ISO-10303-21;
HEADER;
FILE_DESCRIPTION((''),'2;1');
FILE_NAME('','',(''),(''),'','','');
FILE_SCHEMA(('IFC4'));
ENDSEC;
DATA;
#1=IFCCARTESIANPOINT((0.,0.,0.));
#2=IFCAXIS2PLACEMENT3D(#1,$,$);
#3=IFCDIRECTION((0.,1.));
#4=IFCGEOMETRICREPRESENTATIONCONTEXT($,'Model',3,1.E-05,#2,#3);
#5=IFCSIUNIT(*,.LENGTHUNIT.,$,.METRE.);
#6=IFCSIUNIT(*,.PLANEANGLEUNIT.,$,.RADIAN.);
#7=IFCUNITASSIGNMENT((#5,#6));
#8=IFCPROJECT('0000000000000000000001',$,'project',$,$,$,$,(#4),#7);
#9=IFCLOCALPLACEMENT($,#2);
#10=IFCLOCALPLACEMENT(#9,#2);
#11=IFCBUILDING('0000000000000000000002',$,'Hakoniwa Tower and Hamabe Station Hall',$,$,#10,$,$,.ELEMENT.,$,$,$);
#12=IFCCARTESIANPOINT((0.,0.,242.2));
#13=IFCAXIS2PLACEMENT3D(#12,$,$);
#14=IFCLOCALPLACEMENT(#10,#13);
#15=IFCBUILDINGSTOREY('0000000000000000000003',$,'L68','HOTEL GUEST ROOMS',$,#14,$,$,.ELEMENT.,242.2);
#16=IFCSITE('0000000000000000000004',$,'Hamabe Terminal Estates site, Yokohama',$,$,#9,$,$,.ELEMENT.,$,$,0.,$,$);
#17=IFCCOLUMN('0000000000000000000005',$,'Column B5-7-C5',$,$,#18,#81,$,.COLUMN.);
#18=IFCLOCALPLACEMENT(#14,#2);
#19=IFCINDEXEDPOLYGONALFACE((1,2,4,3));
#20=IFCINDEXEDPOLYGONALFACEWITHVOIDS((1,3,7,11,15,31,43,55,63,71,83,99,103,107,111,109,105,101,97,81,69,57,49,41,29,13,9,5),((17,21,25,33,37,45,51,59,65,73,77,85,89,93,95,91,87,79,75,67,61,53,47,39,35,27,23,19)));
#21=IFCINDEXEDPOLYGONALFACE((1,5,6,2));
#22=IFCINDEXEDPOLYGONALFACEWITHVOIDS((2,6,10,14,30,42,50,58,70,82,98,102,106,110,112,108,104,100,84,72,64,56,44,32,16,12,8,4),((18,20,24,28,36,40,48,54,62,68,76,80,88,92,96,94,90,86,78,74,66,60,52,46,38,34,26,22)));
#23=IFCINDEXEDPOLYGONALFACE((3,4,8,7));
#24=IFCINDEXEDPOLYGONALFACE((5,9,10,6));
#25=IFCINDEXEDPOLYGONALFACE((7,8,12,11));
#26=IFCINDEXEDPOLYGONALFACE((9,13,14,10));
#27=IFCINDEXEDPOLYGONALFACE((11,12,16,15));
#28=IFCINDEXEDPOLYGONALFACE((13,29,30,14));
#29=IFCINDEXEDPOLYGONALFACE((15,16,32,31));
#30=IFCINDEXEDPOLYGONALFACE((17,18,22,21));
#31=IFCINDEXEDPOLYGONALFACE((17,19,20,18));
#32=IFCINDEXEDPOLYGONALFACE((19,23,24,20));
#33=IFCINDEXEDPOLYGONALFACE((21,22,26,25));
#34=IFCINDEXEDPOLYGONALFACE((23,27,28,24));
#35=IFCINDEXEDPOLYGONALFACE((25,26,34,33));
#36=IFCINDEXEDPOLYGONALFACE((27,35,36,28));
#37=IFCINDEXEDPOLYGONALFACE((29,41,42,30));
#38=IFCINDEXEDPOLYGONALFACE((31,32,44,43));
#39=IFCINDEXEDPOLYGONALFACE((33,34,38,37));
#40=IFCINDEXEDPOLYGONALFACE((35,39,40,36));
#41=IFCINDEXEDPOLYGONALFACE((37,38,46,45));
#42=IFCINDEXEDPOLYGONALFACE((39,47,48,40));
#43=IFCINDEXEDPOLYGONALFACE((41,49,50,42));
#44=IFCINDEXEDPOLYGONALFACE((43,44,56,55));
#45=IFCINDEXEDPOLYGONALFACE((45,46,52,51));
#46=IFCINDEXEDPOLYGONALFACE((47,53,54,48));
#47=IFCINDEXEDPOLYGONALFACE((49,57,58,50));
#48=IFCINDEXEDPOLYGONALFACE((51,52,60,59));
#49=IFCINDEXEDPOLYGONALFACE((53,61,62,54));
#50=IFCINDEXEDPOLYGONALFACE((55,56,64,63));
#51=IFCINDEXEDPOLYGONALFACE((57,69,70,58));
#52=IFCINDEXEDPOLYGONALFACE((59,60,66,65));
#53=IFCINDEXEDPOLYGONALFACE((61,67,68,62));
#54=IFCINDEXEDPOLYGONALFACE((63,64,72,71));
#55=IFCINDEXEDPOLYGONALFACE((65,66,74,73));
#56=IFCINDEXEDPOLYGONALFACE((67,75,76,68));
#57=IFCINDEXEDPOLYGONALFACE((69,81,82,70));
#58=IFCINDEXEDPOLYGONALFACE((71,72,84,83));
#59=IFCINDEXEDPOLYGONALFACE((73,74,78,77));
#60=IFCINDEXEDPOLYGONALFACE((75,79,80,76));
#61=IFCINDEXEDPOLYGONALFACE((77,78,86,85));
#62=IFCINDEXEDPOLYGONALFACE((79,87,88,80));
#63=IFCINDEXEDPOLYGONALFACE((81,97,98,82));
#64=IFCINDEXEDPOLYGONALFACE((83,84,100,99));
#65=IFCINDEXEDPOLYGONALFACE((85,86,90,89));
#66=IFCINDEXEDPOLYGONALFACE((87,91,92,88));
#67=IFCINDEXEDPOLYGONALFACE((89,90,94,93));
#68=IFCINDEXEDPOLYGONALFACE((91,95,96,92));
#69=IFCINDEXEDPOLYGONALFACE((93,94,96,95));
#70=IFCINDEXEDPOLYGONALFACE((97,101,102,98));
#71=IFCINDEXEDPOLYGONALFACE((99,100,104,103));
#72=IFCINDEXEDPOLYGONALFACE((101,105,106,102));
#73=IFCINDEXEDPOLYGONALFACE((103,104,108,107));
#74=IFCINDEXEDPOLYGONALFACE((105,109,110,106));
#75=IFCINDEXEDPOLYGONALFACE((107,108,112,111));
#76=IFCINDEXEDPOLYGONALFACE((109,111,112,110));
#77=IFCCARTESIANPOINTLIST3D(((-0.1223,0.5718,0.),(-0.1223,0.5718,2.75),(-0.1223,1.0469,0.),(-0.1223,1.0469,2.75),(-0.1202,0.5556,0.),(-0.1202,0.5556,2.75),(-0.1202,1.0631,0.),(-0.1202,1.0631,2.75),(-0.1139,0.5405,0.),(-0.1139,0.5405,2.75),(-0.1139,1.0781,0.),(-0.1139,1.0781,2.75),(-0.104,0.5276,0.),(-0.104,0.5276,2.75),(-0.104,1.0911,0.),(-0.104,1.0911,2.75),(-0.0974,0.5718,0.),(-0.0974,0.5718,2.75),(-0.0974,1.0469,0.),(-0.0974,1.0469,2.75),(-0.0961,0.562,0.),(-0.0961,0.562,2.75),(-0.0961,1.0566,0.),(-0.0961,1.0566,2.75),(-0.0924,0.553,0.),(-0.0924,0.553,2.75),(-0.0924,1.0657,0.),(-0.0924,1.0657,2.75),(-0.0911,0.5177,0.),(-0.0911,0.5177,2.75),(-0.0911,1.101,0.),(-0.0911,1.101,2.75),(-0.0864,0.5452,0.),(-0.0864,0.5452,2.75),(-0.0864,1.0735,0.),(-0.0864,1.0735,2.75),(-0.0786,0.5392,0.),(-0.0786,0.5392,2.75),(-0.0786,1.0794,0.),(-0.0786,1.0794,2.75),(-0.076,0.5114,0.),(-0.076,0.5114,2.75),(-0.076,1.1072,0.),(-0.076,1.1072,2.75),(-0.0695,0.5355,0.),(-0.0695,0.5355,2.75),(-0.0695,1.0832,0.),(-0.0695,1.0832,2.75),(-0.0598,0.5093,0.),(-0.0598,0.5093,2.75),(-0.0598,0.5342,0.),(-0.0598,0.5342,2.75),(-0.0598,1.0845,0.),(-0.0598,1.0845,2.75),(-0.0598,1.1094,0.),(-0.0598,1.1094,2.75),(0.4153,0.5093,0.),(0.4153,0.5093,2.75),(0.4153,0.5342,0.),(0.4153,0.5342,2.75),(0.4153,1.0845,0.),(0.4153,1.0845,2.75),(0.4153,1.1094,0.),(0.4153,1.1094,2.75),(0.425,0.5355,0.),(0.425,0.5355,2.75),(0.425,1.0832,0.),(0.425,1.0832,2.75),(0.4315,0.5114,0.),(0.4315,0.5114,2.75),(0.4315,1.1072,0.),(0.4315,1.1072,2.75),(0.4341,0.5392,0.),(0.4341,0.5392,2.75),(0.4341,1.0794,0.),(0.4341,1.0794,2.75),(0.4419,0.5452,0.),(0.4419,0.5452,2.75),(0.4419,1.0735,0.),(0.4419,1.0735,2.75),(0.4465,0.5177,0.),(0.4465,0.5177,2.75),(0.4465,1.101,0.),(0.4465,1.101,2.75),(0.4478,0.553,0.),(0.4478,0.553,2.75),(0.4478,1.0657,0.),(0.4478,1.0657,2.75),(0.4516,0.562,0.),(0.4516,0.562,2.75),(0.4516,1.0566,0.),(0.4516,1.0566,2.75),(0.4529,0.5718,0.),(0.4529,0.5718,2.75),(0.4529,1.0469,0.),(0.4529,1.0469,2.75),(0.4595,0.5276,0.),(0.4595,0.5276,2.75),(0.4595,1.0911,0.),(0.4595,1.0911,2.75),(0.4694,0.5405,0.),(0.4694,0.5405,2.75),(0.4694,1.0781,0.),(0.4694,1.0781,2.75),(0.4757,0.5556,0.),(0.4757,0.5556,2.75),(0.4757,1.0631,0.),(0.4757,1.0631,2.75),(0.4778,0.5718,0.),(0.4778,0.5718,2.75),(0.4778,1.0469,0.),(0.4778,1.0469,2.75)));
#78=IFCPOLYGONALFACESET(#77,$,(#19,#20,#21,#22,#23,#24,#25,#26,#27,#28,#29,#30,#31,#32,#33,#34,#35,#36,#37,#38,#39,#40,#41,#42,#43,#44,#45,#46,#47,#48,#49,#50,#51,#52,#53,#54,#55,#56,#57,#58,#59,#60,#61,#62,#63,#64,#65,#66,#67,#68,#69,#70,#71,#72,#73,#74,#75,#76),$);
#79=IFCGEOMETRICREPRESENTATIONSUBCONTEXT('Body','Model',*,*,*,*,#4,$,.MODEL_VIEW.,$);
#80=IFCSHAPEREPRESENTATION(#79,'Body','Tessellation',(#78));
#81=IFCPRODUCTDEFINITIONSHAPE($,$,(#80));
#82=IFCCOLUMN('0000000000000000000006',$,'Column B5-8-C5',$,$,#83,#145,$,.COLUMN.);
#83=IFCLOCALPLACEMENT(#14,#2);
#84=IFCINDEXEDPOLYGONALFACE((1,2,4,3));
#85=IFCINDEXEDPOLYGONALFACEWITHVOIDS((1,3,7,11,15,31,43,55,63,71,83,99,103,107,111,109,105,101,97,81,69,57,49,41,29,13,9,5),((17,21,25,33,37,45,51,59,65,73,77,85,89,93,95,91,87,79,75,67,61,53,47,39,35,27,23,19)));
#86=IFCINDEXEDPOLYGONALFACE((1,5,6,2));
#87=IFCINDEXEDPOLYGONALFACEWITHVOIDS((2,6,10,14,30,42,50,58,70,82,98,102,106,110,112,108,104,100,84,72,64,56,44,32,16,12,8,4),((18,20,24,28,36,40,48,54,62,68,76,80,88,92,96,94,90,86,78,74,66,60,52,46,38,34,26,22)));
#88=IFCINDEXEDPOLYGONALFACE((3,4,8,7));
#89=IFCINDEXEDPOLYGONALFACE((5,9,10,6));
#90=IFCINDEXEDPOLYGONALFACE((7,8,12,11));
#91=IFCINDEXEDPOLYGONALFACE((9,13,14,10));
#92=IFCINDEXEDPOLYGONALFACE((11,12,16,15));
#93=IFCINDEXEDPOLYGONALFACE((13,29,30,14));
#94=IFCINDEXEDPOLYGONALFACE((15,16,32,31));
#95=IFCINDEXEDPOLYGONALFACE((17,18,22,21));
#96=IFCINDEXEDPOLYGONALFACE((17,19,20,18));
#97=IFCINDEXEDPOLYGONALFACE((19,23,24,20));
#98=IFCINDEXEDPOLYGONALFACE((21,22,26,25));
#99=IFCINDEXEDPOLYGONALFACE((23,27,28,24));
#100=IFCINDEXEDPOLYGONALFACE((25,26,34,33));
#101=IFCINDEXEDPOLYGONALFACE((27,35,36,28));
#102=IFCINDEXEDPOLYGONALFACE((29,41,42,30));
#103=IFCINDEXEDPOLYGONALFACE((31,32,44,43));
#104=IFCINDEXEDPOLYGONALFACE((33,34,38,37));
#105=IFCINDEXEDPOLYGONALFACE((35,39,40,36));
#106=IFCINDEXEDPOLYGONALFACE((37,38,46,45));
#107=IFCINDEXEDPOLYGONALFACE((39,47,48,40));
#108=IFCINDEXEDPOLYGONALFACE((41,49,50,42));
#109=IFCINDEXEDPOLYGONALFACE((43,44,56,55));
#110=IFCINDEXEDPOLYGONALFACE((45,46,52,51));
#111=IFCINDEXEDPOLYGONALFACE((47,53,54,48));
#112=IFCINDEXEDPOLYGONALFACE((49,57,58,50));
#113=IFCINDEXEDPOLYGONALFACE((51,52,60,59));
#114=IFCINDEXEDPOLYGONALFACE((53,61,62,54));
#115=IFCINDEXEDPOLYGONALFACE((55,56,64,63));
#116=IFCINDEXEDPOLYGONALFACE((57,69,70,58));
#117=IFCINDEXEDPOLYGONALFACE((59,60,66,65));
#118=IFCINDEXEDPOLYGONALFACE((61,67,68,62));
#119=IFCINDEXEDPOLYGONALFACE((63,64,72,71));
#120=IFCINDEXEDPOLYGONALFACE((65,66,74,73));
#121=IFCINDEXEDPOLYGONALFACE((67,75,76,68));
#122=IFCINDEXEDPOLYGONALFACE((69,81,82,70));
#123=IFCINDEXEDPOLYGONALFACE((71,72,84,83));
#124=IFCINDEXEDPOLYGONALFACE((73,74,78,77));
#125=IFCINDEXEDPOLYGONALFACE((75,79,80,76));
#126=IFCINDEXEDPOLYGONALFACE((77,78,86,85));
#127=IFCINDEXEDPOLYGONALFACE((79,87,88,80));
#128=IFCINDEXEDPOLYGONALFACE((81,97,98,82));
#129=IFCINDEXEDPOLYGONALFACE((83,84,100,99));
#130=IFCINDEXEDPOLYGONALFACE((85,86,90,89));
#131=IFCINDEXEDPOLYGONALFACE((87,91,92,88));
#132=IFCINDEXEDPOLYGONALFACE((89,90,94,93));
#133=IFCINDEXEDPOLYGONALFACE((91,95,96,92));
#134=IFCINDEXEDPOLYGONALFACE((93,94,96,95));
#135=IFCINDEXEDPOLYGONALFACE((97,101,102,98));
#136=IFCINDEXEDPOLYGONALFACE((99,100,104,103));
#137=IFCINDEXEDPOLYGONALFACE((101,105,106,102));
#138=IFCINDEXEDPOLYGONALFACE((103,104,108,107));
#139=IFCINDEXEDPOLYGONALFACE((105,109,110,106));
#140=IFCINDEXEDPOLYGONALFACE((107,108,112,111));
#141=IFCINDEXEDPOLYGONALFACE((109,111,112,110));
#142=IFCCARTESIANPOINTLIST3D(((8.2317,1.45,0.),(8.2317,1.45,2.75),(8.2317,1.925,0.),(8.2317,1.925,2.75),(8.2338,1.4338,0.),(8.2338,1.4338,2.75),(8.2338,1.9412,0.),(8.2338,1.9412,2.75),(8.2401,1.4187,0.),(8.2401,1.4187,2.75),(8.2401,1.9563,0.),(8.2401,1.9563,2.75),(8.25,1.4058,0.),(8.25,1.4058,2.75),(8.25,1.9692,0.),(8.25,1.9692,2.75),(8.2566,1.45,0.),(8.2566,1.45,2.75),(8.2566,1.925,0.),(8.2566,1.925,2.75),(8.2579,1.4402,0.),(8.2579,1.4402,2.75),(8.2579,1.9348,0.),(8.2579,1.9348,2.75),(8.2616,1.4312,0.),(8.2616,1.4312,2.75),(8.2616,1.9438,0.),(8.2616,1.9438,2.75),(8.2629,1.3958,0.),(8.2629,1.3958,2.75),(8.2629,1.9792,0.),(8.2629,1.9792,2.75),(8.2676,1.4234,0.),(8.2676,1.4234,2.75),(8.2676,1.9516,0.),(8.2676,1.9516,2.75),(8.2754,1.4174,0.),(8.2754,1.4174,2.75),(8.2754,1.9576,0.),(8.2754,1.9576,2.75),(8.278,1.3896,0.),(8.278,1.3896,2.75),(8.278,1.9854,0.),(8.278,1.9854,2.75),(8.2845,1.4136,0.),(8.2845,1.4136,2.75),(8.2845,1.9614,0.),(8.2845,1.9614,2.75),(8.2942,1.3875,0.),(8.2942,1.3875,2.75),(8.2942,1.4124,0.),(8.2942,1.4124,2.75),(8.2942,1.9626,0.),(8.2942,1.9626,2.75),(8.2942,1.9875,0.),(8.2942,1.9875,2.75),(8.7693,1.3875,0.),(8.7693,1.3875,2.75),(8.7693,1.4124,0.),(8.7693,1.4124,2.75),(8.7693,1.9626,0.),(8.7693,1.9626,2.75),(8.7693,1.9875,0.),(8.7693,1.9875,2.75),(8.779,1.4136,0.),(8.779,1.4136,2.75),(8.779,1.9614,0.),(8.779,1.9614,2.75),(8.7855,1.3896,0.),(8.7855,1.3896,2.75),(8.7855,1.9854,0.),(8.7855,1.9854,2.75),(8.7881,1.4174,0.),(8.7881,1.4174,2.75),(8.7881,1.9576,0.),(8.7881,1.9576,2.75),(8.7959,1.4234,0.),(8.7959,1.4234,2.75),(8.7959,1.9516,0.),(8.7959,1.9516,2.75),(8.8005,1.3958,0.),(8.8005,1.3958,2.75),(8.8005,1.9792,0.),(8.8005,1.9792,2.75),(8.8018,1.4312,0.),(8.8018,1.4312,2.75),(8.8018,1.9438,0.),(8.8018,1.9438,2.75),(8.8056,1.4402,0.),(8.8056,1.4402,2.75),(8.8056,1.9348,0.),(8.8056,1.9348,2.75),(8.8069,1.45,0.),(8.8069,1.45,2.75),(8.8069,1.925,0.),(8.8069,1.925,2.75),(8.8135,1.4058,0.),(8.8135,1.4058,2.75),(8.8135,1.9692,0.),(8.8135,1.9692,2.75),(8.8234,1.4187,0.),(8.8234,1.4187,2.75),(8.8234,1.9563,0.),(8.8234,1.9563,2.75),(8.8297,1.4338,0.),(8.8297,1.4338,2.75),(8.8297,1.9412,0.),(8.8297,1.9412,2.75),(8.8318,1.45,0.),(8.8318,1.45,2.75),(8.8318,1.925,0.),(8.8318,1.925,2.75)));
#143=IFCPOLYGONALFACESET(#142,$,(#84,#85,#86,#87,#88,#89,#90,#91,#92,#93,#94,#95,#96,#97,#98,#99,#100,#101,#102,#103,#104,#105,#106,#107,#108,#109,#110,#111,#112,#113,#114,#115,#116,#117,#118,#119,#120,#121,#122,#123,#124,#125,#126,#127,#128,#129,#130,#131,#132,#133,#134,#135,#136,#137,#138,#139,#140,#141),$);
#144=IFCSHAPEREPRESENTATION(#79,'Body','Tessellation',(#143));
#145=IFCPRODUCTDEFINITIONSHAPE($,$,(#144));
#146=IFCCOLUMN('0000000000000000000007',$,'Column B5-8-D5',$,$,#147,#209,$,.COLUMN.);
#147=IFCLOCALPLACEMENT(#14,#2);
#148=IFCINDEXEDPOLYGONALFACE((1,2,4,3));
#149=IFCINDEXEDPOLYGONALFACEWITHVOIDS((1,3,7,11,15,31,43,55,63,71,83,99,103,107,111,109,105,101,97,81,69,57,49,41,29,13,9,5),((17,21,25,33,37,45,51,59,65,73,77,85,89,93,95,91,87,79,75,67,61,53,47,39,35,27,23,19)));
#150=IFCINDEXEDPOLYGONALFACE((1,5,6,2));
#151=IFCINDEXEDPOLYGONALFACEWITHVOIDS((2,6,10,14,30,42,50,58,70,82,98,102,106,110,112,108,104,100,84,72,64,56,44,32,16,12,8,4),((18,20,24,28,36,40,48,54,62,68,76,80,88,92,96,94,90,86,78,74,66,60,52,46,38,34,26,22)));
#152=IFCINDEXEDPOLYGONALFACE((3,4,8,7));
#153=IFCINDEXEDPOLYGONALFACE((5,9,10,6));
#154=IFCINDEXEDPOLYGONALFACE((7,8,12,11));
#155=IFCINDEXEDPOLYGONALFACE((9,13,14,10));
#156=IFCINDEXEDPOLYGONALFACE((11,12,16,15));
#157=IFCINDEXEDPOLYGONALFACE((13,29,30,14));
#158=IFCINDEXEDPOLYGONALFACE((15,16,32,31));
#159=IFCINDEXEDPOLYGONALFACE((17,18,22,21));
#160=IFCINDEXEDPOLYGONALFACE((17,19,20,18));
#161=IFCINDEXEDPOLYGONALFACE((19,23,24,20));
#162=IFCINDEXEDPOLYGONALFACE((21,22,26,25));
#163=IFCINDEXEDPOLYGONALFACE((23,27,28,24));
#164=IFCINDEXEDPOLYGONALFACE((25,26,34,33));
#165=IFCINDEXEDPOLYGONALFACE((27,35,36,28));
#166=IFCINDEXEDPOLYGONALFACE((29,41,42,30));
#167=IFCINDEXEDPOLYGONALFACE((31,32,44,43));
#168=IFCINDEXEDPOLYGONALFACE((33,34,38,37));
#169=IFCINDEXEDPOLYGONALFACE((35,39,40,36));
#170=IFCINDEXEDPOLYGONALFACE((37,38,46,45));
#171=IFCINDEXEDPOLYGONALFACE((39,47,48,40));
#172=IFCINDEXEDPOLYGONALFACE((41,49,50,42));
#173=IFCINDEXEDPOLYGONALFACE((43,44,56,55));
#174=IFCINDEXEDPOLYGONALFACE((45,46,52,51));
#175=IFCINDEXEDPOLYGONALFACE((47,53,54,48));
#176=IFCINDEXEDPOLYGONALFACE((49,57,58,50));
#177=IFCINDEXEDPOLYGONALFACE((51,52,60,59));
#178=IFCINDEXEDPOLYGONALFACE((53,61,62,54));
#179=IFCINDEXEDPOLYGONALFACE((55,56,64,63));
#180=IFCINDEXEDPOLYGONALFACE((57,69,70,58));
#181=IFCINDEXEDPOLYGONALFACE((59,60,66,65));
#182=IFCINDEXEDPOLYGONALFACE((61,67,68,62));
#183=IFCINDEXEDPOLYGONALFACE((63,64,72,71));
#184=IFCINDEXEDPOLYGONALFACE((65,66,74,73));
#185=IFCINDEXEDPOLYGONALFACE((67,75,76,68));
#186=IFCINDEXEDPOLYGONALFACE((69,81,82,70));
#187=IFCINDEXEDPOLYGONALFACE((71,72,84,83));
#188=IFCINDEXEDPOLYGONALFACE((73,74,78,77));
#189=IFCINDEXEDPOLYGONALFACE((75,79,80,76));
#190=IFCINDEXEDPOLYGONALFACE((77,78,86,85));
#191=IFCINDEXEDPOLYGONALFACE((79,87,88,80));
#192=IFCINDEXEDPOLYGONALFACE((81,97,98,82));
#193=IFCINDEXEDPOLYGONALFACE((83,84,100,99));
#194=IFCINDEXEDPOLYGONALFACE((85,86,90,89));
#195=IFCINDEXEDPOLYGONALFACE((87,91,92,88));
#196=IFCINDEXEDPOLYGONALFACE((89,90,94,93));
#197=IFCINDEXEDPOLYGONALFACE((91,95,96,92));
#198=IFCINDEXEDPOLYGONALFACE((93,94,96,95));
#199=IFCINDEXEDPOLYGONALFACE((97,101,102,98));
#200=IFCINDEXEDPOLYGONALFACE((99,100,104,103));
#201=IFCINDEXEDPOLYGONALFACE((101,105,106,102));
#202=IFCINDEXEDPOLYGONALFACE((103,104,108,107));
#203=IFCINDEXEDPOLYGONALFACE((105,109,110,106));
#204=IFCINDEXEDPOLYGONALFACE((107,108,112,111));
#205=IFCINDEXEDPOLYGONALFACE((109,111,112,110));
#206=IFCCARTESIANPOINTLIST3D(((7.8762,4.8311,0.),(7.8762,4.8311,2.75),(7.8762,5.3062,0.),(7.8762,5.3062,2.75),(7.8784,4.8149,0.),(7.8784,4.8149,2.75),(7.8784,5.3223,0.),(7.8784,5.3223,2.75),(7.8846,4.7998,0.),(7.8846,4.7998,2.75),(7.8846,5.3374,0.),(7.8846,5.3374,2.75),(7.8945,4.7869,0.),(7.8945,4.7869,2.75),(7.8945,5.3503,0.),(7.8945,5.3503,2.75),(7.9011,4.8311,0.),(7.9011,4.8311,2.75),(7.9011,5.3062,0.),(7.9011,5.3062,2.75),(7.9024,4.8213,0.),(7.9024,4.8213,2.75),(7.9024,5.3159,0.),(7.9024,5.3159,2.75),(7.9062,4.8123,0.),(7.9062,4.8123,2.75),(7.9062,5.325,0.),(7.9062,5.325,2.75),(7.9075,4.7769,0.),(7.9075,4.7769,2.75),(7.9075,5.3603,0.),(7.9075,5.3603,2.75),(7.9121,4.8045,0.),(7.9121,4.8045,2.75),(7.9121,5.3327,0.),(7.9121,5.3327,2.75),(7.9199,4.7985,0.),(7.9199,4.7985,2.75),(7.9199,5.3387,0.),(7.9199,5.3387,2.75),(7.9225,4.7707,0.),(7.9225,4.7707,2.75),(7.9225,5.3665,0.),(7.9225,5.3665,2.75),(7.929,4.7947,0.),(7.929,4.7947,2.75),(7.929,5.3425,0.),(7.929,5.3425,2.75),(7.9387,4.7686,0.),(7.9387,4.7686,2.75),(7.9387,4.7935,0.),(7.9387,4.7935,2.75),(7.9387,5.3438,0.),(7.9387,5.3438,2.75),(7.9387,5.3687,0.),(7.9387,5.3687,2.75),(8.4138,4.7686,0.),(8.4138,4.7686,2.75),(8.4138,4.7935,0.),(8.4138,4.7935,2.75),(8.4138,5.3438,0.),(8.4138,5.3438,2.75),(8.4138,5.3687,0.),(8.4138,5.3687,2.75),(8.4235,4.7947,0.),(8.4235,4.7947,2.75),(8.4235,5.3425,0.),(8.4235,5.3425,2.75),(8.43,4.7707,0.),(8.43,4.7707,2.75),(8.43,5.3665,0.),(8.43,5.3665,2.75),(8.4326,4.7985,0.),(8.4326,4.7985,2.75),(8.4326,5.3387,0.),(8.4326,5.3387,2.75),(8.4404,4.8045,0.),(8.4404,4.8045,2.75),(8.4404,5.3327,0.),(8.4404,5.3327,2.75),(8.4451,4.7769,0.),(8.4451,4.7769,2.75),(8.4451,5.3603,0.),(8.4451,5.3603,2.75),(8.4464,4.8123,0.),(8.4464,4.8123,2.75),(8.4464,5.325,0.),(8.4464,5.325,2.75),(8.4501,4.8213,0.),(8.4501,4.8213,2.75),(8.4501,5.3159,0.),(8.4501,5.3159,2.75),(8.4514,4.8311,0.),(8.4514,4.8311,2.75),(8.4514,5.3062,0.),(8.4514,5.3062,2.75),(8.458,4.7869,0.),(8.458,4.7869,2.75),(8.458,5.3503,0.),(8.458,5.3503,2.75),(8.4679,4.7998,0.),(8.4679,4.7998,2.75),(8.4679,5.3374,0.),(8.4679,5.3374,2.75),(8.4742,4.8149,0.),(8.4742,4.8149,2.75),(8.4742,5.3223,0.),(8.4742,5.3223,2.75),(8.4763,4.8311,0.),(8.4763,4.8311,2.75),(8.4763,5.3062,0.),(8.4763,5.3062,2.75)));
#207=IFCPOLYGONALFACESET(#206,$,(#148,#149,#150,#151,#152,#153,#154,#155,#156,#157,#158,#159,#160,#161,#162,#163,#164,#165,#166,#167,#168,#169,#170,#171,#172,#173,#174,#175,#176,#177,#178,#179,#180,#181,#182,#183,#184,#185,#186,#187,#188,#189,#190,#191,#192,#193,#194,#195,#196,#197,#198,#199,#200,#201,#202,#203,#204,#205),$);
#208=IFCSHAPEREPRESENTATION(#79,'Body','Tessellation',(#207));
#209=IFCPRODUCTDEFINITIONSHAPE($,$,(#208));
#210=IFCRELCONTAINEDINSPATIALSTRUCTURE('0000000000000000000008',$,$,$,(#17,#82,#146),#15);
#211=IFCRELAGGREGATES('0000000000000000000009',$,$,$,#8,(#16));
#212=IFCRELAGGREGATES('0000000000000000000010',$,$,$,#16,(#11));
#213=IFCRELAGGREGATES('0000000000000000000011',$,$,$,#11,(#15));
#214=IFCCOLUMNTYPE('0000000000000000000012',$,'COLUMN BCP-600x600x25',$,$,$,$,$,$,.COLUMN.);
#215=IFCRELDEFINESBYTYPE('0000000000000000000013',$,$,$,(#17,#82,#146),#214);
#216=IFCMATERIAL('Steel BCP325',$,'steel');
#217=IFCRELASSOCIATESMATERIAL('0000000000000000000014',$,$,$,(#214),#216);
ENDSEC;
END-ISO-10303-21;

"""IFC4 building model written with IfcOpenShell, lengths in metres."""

from ifc_helpers import new_model, si_unit, direction, frame, origin, origin_2d, place, context, subcontext, project, spatial, hollow_rectangle, extrude, material, material_profile, profile_set, type_object, element, save


model = new_model("IFC4")

# Units and contexts
model_context = context("Model", 3, precision=1e-05, world=origin(), true_north=direction((0.0, 1.0)))
body_context = subcontext(model_context, "Body", "Model", "MODEL_VIEW")
ifc_project = project(units=[si_unit("LENGTHUNIT", "METRE"), si_unit("PLANEANGLEUNIT", "RADIAN")], contexts=[model_context])

# Site, building, storey
site_placement = place(None, origin())
site = spatial("IfcSite", under=ifc_project, at=site_placement, Name="Hamabe Terminal Estates site, Yokohama", CompositionType="ELEMENT", RefElevation=0.0)
building_placement = place(site_placement, origin())
building = spatial("IfcBuilding", under=site, at=building_placement, Name="Hakoniwa Tower and Hamabe Station Hall", CompositionType="ELEMENT")
storey_placement = place(building_placement, frame((0.0, 0.0, 242.2)))
storey = spatial("IfcBuildingStorey", under=building, at=storey_placement, Name="L68", Description="HOTEL GUEST ROOMS", CompositionType="ELEMENT", Elevation=242.2)

# Columns
ifc_material_1 = material(Name="Steel BCP325", Category="steel")
ifc_material_profile = material_profile(ifc_material_1, hollow_rectangle(XDim=0.6001, YDim=0.6001, WallThickness=0.0249, InnerFilletRadius=0.0376, OuterFilletRadius=0.0625, at=origin_2d()), Name="BCP-600x600x25")
ifc_profile_set = profile_set([ifc_material_profile], Name="Steel BCP325")
column_type = type_object("IfcColumnType", Name="COLUMN BCP-600x600x25", PredefinedType="COLUMN", material=ifc_profile_set)
for number, where, z_axis, x_axis, name in (
    (1, (0.1777, 0.8093, 0.0), (0.0, 0.0, 1.0), (1.0, 0.0, 0.0), "Column B5-7-C5"),
    (2, (8.5317, 1.6875, 0.0), (0.0, 0.0, 1.0), (1.0, 0.0, 0.0), "Column B5-8-C5"),
    (3, (8.1763, 5.0686, 0.0), (0.0, 0.0, 1.0), (1.0, 0.0, 0.0), "Column B5-8-D5"),
):
    element("IfcColumn", number, at=place(storey_placement, frame(where, z_axis=z_axis, x_axis=x_axis)), inside=storey, type_object=column_type, Name=name, PredefinedType="COLUMN", context=body_context, shape_type="SweptSolid", body=[
        extrude(hollow_rectangle(XDim=0.6001, YDim=0.6001, WallThickness=0.0249, InnerFilletRadius=0.0376, OuterFilletRadius=0.0625, at=origin_2d()), origin(), (0.0, 0.0, 1.0), 2.75),
    ])

save(model, "model.ifc")
